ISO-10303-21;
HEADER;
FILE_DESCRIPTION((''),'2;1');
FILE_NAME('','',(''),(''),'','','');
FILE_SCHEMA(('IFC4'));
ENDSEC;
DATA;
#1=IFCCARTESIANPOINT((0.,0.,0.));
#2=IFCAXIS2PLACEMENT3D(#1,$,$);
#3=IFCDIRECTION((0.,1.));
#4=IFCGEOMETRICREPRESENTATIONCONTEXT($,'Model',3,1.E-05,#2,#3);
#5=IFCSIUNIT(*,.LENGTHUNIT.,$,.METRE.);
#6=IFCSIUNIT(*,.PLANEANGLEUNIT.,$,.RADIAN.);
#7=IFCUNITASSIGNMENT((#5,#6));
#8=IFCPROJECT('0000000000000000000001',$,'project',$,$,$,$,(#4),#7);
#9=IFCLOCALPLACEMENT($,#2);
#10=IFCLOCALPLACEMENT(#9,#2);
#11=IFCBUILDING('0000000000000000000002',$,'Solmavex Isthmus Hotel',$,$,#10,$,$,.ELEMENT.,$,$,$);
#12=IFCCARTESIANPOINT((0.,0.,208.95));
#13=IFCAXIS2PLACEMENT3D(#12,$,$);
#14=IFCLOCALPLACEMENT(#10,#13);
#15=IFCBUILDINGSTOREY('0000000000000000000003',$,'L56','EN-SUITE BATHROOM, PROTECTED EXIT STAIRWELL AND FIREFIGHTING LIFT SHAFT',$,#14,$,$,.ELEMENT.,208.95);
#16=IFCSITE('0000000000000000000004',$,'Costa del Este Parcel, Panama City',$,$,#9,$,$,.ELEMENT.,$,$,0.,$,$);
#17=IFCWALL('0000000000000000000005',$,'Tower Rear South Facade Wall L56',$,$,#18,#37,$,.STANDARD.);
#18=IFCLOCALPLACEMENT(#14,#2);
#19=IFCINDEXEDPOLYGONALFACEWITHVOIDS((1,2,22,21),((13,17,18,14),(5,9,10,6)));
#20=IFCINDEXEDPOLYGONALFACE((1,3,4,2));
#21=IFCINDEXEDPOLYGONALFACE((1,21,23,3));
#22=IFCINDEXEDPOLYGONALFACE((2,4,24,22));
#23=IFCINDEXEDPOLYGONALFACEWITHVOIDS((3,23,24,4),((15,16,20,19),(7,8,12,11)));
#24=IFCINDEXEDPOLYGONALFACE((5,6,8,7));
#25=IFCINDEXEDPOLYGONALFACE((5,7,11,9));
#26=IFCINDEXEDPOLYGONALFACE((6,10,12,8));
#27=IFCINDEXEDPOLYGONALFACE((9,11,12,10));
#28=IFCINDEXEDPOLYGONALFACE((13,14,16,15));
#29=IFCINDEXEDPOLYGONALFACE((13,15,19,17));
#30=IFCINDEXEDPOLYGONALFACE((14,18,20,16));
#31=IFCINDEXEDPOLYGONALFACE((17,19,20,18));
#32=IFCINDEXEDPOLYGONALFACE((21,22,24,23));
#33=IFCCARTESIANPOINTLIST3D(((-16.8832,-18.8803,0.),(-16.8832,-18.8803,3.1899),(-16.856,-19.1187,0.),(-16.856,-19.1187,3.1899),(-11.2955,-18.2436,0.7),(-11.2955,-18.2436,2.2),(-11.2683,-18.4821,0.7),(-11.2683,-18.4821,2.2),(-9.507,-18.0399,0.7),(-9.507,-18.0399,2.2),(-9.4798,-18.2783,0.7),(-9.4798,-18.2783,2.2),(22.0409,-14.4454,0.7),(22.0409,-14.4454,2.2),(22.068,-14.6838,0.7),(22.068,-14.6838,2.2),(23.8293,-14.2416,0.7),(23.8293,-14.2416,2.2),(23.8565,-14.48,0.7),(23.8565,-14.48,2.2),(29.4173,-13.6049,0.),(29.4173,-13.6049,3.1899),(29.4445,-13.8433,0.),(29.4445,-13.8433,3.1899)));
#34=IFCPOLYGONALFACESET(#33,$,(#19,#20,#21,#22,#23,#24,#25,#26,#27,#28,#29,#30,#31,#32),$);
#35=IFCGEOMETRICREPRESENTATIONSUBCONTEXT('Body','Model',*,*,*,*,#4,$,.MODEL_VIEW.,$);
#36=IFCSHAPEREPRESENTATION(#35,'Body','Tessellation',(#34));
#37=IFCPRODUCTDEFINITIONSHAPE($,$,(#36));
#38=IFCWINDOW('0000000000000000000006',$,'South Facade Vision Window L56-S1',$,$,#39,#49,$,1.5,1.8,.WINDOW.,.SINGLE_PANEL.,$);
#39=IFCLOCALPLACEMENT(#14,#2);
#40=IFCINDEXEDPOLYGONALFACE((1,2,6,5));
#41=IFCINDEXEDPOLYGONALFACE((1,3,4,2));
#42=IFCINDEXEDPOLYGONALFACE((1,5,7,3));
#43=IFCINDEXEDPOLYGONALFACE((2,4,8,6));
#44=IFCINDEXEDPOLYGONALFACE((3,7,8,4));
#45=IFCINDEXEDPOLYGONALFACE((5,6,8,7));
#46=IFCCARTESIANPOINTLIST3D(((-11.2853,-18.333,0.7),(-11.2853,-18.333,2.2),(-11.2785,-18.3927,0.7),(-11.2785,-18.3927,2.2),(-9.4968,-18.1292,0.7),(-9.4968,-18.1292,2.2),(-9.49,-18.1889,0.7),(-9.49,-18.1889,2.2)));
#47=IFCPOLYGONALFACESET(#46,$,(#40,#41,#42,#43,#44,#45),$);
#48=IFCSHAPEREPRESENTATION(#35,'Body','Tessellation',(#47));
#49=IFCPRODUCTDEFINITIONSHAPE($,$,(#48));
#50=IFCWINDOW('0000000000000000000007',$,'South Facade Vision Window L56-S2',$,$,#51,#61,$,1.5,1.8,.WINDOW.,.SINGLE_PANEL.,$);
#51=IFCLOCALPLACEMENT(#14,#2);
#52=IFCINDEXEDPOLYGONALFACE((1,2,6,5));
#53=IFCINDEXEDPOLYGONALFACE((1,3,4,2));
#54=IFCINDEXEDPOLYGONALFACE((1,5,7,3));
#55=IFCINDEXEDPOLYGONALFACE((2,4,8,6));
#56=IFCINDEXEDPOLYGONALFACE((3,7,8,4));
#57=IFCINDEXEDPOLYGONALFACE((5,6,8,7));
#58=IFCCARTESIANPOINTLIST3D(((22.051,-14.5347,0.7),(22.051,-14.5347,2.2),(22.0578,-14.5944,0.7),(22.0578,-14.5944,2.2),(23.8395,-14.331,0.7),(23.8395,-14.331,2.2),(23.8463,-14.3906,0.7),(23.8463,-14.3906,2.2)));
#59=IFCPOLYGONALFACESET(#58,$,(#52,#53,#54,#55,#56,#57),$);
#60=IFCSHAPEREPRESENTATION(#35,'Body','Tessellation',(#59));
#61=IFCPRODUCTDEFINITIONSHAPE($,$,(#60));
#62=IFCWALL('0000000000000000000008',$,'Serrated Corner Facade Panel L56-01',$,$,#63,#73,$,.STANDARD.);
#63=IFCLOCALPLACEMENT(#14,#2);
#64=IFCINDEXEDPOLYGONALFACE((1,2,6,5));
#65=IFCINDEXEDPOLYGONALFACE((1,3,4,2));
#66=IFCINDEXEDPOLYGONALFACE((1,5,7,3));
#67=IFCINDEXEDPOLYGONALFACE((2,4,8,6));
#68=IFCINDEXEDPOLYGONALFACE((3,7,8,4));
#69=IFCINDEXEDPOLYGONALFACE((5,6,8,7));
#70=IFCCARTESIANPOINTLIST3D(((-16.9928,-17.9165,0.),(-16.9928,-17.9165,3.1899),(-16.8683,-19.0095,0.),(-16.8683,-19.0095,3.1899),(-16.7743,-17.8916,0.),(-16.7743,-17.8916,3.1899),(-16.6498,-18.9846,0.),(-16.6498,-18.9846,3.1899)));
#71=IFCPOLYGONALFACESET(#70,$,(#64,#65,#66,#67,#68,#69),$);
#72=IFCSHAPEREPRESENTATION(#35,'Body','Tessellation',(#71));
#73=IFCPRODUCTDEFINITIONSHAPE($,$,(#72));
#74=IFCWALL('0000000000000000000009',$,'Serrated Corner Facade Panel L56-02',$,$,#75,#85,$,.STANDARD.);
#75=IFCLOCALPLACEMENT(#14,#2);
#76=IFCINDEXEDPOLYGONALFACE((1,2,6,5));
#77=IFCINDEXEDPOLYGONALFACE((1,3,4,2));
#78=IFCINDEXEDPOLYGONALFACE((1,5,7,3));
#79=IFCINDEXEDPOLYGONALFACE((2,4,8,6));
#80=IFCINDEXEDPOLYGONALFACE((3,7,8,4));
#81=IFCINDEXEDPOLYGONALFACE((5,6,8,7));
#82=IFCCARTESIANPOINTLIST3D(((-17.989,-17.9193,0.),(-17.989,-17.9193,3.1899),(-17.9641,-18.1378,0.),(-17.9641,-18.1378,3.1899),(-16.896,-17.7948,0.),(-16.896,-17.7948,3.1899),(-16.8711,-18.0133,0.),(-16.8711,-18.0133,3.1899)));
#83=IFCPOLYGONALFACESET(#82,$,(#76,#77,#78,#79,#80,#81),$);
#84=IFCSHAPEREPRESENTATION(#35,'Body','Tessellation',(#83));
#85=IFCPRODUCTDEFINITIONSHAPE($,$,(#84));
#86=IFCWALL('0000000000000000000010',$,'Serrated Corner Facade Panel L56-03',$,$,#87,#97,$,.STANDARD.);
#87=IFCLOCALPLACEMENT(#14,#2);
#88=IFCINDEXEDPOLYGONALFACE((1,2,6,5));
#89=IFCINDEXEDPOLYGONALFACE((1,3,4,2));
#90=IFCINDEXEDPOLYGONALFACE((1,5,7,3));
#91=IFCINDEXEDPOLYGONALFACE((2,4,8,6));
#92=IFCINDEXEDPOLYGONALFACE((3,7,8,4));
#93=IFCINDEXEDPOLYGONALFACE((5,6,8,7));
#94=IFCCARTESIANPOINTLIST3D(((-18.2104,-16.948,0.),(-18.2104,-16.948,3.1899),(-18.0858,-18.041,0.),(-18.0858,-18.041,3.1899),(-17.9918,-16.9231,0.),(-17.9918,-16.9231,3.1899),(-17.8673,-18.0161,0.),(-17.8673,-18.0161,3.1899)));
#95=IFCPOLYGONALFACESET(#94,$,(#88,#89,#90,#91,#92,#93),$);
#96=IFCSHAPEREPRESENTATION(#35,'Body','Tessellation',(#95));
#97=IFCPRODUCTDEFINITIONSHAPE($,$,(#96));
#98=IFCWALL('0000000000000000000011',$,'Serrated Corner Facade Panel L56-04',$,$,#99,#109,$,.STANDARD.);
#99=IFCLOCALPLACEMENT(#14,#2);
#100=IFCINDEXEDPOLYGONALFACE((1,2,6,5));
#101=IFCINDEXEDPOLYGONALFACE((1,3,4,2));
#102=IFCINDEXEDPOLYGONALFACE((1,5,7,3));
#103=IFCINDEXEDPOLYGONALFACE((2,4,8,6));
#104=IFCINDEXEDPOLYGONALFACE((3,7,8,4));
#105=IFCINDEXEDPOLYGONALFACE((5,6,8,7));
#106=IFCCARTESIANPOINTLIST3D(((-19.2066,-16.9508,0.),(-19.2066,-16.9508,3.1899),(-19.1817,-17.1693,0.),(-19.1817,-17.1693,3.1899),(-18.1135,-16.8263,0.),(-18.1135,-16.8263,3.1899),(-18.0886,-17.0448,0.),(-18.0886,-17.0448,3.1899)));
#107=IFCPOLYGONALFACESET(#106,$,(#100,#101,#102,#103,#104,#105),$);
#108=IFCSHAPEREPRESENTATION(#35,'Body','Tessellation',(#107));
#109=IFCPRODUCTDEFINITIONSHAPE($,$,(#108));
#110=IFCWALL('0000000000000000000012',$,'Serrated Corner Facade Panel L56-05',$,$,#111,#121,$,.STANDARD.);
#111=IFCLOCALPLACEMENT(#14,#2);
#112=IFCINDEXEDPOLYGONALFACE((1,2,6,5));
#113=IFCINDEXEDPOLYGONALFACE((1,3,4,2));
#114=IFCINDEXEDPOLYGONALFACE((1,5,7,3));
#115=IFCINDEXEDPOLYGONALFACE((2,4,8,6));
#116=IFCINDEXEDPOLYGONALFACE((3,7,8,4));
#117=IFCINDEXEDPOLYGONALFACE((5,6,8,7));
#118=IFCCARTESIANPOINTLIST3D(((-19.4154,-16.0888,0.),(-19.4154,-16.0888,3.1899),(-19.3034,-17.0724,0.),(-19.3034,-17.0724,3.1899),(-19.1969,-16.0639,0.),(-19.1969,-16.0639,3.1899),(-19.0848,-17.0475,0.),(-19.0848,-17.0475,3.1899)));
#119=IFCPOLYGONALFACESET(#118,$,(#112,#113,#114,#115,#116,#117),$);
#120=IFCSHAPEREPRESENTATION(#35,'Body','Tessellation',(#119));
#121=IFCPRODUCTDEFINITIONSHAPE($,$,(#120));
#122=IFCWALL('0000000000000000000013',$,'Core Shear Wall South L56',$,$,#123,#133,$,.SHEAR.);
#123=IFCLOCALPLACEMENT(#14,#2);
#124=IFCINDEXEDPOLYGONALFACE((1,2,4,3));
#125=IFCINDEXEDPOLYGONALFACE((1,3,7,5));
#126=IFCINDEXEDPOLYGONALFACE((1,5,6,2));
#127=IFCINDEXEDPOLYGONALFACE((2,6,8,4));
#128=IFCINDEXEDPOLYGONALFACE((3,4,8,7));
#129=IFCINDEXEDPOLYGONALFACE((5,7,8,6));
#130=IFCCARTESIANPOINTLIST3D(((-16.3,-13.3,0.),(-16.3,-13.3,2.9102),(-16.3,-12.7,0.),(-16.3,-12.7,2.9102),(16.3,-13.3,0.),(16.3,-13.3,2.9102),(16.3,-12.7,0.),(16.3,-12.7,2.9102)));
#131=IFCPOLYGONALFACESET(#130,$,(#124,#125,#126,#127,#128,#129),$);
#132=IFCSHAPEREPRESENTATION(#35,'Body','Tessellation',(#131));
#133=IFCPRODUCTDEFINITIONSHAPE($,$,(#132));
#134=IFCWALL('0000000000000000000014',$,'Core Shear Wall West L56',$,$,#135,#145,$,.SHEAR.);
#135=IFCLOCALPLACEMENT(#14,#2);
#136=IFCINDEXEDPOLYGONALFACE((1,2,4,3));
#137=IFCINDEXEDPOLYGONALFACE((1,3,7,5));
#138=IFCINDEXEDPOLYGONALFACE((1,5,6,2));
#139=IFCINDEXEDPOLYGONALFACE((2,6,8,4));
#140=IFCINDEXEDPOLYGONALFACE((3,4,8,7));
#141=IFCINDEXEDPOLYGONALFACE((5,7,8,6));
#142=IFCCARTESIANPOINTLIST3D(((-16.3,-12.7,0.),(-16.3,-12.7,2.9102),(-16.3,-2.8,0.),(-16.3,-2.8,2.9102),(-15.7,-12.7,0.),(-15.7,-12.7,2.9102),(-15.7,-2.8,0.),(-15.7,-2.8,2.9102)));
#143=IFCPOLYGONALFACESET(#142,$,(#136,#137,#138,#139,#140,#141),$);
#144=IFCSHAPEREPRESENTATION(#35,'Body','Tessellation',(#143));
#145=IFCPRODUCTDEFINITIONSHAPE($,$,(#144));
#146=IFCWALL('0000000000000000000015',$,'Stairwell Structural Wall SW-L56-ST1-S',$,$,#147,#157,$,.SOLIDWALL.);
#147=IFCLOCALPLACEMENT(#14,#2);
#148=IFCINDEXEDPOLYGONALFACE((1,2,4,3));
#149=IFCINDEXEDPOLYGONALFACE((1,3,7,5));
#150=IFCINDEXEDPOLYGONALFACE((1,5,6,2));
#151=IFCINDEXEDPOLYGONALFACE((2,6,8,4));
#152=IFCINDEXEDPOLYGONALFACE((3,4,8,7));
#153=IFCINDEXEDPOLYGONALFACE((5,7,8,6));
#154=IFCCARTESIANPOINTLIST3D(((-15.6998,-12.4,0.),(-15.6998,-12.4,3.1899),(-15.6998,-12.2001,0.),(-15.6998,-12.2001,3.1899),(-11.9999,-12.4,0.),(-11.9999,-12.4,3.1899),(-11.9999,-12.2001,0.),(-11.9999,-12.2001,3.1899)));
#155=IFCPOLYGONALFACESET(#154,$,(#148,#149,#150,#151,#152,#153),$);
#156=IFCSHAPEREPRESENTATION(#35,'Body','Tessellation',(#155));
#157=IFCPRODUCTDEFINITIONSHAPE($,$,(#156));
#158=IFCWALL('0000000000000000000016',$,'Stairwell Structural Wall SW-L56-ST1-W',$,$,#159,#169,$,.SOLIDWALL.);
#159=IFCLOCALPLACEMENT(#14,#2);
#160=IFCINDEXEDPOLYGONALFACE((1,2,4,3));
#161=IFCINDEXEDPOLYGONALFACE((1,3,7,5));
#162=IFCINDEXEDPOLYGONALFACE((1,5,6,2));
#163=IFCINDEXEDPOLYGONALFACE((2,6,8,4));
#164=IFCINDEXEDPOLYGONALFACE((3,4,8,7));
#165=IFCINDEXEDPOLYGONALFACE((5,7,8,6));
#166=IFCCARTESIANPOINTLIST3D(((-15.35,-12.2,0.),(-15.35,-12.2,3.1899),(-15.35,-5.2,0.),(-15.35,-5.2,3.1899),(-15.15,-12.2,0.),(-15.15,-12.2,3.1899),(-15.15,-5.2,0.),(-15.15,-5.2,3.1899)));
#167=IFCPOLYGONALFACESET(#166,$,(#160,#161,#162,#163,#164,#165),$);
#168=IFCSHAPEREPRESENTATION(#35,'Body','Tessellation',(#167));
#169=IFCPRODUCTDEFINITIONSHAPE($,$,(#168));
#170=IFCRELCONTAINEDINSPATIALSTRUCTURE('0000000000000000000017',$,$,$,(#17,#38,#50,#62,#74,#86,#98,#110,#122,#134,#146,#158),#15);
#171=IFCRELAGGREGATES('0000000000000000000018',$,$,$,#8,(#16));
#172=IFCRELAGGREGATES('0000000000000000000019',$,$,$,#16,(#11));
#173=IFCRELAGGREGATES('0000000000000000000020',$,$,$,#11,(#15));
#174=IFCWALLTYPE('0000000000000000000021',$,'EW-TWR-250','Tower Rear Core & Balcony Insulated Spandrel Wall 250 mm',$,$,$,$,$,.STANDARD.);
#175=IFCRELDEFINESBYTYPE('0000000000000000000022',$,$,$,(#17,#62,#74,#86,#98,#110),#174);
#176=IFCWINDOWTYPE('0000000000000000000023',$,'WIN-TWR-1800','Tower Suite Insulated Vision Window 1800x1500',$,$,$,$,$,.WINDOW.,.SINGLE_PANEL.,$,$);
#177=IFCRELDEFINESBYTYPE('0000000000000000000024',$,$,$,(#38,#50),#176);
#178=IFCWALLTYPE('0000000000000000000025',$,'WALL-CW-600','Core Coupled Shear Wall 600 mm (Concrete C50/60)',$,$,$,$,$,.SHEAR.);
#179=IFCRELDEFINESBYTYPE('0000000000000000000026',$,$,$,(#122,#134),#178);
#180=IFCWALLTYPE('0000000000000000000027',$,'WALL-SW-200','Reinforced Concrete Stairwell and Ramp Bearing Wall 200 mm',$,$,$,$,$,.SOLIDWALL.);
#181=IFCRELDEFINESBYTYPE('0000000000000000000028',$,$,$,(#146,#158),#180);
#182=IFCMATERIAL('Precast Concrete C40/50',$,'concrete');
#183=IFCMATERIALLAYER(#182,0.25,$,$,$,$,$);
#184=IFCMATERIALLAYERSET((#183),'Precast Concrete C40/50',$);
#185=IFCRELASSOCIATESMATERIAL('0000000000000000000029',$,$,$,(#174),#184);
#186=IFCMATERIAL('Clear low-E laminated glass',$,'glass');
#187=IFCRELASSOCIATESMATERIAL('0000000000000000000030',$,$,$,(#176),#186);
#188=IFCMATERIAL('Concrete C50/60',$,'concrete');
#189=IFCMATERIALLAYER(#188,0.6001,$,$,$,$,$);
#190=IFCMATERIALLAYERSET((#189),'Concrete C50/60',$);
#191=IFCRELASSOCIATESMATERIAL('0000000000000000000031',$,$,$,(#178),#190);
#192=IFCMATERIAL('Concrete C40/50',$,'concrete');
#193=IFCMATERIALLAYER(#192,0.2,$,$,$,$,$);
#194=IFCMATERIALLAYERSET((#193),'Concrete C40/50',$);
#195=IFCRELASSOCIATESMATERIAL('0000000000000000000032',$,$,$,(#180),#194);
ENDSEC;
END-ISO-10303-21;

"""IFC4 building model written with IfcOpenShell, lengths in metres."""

from ifc_helpers import new_model, si_unit, direction, frame, frame_2d, origin, place, context, subcontext, project, spatial, rectangle, extrude, material, layer, layer_set, type_object, element, fill, save


model = new_model("IFC4")

# Units and contexts
model_context = context("Model", 3, precision=1e-05, world=origin(), true_north=direction((0.0, 1.0)))
body_context = subcontext(model_context, "Body", "Model", "MODEL_VIEW")
ifc_project = project(units=[si_unit("LENGTHUNIT", "METRE"), si_unit("PLANEANGLEUNIT", "RADIAN")], contexts=[model_context])

# Site, building, storey
site_placement = place(None, origin())
site = spatial("IfcSite", under=ifc_project, at=site_placement, Name="Costa del Este Parcel, Panama City", CompositionType="ELEMENT", RefElevation=0.0)
building_placement = place(site_placement, origin())
building = spatial("IfcBuilding", under=site, at=building_placement, Name="Solmavex Isthmus Hotel", CompositionType="ELEMENT")
storey_placement = place(building_placement, frame((0.0, 0.0, 208.95)))
storey = spatial("IfcBuildingStorey", under=building, at=storey_placement, Name="L56", Description="EN-SUITE BATHROOM, PROTECTED EXIT STAIRWELL AND FIREFIGHTING LIFT SHAFT", CompositionType="ELEMENT", Elevation=208.95)

# Shared definitions
ifc_material_1 = material(Name="Concrete C50/60", Category="concrete")

# Shared definitions
ifc_material_2 = material(Name="Clear low-E laminated glass", Category="glass")

# Wall, openings, windows
ifc_material_3 = material(Name="Precast Concrete C40/50", Category="concrete")
ifc_layer_1 = layer(ifc_material_3, 0.25)
ifc_layer_set_1 = layer_set([ifc_layer_1], Name="Precast Concrete C40/50")
wall_type_1 = type_object("IfcWallType", Name="EW-TWR-250", Description="Tower Rear Core & Balcony Insulated Spandrel Wall 250 mm", PredefinedType="STANDARD", material=ifc_layer_set_1)
wall_1_placement = place(storey_placement, frame((-16.8696, -18.9995, 0.0), z_axis=(0.0, 0.0, 1.0), x_axis=(0.993572, 0.113206, 0.0)))
wall_1 = element("IfcWall", 1, at=wall_1_placement, inside=storey, type_object=wall_type_1, Name="Tower Rear South Facade Wall L56", PredefinedType="STANDARD", context=body_context, shape_type="SweptSolid", body=[
    extrude(rectangle(XDim=46.6001, YDim=0.24, at=frame_2d((23.3, 0.0))), origin(), (0.0, 0.0, 1.0), 3.1899),
])
opening_1_placement = place(wall_1_placement, frame((5.624, 0.0, 0.7)))
opening_1 = element("IfcOpeningElement", 2, at=opening_1_placement, cuts=wall_1, PredefinedType="OPENING", context=body_context, shape_type="SweptSolid", body=[
    extrude(rectangle(XDim=1.8, YDim=1.5, at=frame_2d((0.8999, 0.75))), frame((0.0, 0.1299, 0.0), z_axis=(0.0, -1.0, 0.0), x_axis=(1.0, 0.0, 0.0)), (0.0, 0.0, 1.0), 0.26),
])
opening_2_placement = place(wall_1_placement, frame((39.176, 0.0, 0.7)))
opening_2 = element("IfcOpeningElement", 3, at=opening_2_placement, cuts=wall_1, PredefinedType="OPENING", context=body_context, shape_type="SweptSolid", body=[
    extrude(rectangle(XDim=1.8, YDim=1.5, at=frame_2d((0.8999, 0.75))), frame((0.0, 0.1299, 0.0), z_axis=(0.0, -1.0, 0.0), x_axis=(1.0, 0.0, 0.0)), (0.0, 0.0, 1.0), 0.26),
])
window_type = type_object("IfcWindowType", Name="WIN-TWR-1800", Description="Tower Suite Insulated Vision Window 1800x1500", PartitioningType="SINGLE_PANEL", PredefinedType="WINDOW", material=ifc_material_2)
window_1_placement = place(opening_1_placement, origin())
window_1 = element("IfcWindow", 4, at=window_1_placement, inside=storey, type_object=window_type, Name="South Facade Vision Window L56-S1", OverallHeight=1.5, OverallWidth=1.8, PartitioningType="SINGLE_PANEL", PredefinedType="WINDOW", context=body_context, shape_type="SweptSolid", body=[
    extrude(rectangle(XDim=1.8, YDim=1.5, at=frame_2d((0.8999, 0.75))), frame((0.0, 0.03, 0.0), z_axis=(0.0, -1.0, 0.0), x_axis=(1.0, 0.0, 0.0)), (0.0, 0.0, 1.0), 0.0601),
])
fill(opening_1, window_1)
window_2_placement = place(opening_2_placement, origin())
window_2 = element("IfcWindow", 5, at=window_2_placement, inside=storey, type_object=window_type, Name="South Facade Vision Window L56-S2", OverallHeight=1.5, OverallWidth=1.8, PartitioningType="SINGLE_PANEL", PredefinedType="WINDOW", context=body_context, shape_type="SweptSolid", body=[
    extrude(rectangle(XDim=1.8, YDim=1.5, at=frame_2d((0.8999, 0.75))), frame((0.0, 0.03, 0.0), z_axis=(0.0, -1.0, 0.0), x_axis=(1.0, 0.0, 0.0)), (0.0, 0.0, 1.0), 0.0601),
])
fill(opening_2, window_2)

# Walls
for number, where, z_axis, x_axis, name in (
    (6, (-16.759, -18.9971, 0.0), (0.0, 0.0, 1.0), (-0.113184, 0.993574, 0.0), "Serrated Corner Facade Panel L56-01"),
    (7, (-16.8835, -17.9041, 0.0), (0.0, 0.0, 1.0), (-0.993574, -0.113184, 0.0), "Serrated Corner Facade Panel L56-02"),
    (8, (-17.9766, -18.0286, 0.0), (0.0, 0.0, 1.0), (-0.113184, 0.993574, 0.0), "Serrated Corner Facade Panel L56-03"),
    (9, (-18.1011, -16.9355, 0.0), (0.0, 0.0, 1.0), (-0.993574, -0.113184, 0.0), "Serrated Corner Facade Panel L56-04"),
):
    element("IfcWall", number, at=place(storey_placement, frame(where, z_axis=z_axis, x_axis=x_axis)), inside=storey, type_object=wall_type_1, Name=name, PredefinedType="STANDARD", context=body_context, shape_type="SweptSolid", body=[
        extrude(rectangle(XDim=1.1001, YDim=0.22, at=frame_2d((0.55, 0.0))), origin(), (0.0, 0.0, 1.0), 3.1899),
    ])
wall_2_placement = place(storey_placement, frame((-19.1941, -17.0601, 0.0), z_axis=(0.0, 0.0, 1.0), x_axis=(-0.113192, 0.993573, 0.0)))
element("IfcWall", 10, at=wall_2_placement, inside=storey, type_object=wall_type_1, Name="Serrated Corner Facade Panel L56-05", PredefinedType="STANDARD", context=body_context, shape_type="SweptSolid", body=[
    extrude(rectangle(XDim=0.99, YDim=0.22, at=frame_2d((0.4951, 0.0))), origin(), (0.0, 0.0, 1.0), 3.1899),
])
ifc_layer_2 = layer(ifc_material_1, 0.6001)
ifc_layer_set_2 = layer_set([ifc_layer_2], Name="Concrete C50/60")
wall_type_2 = type_object("IfcWallType", Name="WALL-CW-600", Description="Core Coupled Shear Wall 600 mm (Concrete C50/60)", PredefinedType="SHEAR", material=ifc_layer_set_2)
wall_3_placement = place(storey_placement, frame((-16.3, -13.0, 0.0), z_axis=(0.0, 0.0, 1.0), x_axis=(1.0, 0.0, 0.0)))
element("IfcWall", 11, at=wall_3_placement, inside=storey, type_object=wall_type_2, Name="Core Shear Wall South L56", PredefinedType="SHEAR", context=body_context, shape_type="SweptSolid", body=[
    extrude(rectangle(XDim=32.6001, YDim=0.6001, at=frame_2d((16.3, 0.0))), origin(), (0.0, 0.0, 1.0), 2.9102),
])
wall_4_placement = place(storey_placement, frame((-16.0, -12.7, 0.0), z_axis=(0.0, 0.0, 1.0), x_axis=(0.0, 1.0, 0.0)))
element("IfcWall", 12, at=wall_4_placement, inside=storey, type_object=wall_type_2, Name="Core Shear Wall West L56", PredefinedType="SHEAR", context=body_context, shape_type="SweptSolid", body=[
    extrude(rectangle(XDim=9.8999, YDim=0.6001, at=frame_2d((4.95, 0.0))), origin(), (0.0, 0.0, 1.0), 2.9102),
])
ifc_material_4 = material(Name="Concrete C40/50", Category="concrete")
ifc_layer_3 = layer(ifc_material_4, 0.2)
ifc_layer_set_3 = layer_set([ifc_layer_3], Name="Concrete C40/50")
wall_type_3 = type_object("IfcWallType", Name="WALL-SW-200", Description="Reinforced Concrete Stairwell and Ramp Bearing Wall 200 mm", PredefinedType="SOLIDWALL", material=ifc_layer_set_3)
wall_5_placement = place(storey_placement, frame((-15.7, -12.3, 0.0), z_axis=(0.0, 0.0, 1.0), x_axis=(1.0, 0.0, 0.0)))
element("IfcWall", 13, at=wall_5_placement, inside=storey, type_object=wall_type_3, Name="Stairwell Structural Wall SW-L56-ST1-S", PredefinedType="SOLIDWALL", context=body_context, shape_type="SweptSolid", body=[
    extrude(rectangle(XDim=3.7, YDim=0.2, at=frame_2d((1.8501, 0.0))), origin(), (0.0, 0.0, 1.0), 3.1899),
])
wall_6_placement = place(storey_placement, frame((-15.25, -12.2, 0.0), z_axis=(0.0, 0.0, 1.0), x_axis=(0.0, 1.0, 0.0)))
element("IfcWall", 14, at=wall_6_placement, inside=storey, type_object=wall_type_3, Name="Stairwell Structural Wall SW-L56-ST1-W", PredefinedType="SOLIDWALL", context=body_context, shape_type="SweptSolid", body=[
    extrude(rectangle(XDim=7.0, YDim=0.2, at=frame_2d((3.5, 0.0))), origin(), (0.0, 0.0, 1.0), 3.1899),
])

save(model, "model.ifc")
